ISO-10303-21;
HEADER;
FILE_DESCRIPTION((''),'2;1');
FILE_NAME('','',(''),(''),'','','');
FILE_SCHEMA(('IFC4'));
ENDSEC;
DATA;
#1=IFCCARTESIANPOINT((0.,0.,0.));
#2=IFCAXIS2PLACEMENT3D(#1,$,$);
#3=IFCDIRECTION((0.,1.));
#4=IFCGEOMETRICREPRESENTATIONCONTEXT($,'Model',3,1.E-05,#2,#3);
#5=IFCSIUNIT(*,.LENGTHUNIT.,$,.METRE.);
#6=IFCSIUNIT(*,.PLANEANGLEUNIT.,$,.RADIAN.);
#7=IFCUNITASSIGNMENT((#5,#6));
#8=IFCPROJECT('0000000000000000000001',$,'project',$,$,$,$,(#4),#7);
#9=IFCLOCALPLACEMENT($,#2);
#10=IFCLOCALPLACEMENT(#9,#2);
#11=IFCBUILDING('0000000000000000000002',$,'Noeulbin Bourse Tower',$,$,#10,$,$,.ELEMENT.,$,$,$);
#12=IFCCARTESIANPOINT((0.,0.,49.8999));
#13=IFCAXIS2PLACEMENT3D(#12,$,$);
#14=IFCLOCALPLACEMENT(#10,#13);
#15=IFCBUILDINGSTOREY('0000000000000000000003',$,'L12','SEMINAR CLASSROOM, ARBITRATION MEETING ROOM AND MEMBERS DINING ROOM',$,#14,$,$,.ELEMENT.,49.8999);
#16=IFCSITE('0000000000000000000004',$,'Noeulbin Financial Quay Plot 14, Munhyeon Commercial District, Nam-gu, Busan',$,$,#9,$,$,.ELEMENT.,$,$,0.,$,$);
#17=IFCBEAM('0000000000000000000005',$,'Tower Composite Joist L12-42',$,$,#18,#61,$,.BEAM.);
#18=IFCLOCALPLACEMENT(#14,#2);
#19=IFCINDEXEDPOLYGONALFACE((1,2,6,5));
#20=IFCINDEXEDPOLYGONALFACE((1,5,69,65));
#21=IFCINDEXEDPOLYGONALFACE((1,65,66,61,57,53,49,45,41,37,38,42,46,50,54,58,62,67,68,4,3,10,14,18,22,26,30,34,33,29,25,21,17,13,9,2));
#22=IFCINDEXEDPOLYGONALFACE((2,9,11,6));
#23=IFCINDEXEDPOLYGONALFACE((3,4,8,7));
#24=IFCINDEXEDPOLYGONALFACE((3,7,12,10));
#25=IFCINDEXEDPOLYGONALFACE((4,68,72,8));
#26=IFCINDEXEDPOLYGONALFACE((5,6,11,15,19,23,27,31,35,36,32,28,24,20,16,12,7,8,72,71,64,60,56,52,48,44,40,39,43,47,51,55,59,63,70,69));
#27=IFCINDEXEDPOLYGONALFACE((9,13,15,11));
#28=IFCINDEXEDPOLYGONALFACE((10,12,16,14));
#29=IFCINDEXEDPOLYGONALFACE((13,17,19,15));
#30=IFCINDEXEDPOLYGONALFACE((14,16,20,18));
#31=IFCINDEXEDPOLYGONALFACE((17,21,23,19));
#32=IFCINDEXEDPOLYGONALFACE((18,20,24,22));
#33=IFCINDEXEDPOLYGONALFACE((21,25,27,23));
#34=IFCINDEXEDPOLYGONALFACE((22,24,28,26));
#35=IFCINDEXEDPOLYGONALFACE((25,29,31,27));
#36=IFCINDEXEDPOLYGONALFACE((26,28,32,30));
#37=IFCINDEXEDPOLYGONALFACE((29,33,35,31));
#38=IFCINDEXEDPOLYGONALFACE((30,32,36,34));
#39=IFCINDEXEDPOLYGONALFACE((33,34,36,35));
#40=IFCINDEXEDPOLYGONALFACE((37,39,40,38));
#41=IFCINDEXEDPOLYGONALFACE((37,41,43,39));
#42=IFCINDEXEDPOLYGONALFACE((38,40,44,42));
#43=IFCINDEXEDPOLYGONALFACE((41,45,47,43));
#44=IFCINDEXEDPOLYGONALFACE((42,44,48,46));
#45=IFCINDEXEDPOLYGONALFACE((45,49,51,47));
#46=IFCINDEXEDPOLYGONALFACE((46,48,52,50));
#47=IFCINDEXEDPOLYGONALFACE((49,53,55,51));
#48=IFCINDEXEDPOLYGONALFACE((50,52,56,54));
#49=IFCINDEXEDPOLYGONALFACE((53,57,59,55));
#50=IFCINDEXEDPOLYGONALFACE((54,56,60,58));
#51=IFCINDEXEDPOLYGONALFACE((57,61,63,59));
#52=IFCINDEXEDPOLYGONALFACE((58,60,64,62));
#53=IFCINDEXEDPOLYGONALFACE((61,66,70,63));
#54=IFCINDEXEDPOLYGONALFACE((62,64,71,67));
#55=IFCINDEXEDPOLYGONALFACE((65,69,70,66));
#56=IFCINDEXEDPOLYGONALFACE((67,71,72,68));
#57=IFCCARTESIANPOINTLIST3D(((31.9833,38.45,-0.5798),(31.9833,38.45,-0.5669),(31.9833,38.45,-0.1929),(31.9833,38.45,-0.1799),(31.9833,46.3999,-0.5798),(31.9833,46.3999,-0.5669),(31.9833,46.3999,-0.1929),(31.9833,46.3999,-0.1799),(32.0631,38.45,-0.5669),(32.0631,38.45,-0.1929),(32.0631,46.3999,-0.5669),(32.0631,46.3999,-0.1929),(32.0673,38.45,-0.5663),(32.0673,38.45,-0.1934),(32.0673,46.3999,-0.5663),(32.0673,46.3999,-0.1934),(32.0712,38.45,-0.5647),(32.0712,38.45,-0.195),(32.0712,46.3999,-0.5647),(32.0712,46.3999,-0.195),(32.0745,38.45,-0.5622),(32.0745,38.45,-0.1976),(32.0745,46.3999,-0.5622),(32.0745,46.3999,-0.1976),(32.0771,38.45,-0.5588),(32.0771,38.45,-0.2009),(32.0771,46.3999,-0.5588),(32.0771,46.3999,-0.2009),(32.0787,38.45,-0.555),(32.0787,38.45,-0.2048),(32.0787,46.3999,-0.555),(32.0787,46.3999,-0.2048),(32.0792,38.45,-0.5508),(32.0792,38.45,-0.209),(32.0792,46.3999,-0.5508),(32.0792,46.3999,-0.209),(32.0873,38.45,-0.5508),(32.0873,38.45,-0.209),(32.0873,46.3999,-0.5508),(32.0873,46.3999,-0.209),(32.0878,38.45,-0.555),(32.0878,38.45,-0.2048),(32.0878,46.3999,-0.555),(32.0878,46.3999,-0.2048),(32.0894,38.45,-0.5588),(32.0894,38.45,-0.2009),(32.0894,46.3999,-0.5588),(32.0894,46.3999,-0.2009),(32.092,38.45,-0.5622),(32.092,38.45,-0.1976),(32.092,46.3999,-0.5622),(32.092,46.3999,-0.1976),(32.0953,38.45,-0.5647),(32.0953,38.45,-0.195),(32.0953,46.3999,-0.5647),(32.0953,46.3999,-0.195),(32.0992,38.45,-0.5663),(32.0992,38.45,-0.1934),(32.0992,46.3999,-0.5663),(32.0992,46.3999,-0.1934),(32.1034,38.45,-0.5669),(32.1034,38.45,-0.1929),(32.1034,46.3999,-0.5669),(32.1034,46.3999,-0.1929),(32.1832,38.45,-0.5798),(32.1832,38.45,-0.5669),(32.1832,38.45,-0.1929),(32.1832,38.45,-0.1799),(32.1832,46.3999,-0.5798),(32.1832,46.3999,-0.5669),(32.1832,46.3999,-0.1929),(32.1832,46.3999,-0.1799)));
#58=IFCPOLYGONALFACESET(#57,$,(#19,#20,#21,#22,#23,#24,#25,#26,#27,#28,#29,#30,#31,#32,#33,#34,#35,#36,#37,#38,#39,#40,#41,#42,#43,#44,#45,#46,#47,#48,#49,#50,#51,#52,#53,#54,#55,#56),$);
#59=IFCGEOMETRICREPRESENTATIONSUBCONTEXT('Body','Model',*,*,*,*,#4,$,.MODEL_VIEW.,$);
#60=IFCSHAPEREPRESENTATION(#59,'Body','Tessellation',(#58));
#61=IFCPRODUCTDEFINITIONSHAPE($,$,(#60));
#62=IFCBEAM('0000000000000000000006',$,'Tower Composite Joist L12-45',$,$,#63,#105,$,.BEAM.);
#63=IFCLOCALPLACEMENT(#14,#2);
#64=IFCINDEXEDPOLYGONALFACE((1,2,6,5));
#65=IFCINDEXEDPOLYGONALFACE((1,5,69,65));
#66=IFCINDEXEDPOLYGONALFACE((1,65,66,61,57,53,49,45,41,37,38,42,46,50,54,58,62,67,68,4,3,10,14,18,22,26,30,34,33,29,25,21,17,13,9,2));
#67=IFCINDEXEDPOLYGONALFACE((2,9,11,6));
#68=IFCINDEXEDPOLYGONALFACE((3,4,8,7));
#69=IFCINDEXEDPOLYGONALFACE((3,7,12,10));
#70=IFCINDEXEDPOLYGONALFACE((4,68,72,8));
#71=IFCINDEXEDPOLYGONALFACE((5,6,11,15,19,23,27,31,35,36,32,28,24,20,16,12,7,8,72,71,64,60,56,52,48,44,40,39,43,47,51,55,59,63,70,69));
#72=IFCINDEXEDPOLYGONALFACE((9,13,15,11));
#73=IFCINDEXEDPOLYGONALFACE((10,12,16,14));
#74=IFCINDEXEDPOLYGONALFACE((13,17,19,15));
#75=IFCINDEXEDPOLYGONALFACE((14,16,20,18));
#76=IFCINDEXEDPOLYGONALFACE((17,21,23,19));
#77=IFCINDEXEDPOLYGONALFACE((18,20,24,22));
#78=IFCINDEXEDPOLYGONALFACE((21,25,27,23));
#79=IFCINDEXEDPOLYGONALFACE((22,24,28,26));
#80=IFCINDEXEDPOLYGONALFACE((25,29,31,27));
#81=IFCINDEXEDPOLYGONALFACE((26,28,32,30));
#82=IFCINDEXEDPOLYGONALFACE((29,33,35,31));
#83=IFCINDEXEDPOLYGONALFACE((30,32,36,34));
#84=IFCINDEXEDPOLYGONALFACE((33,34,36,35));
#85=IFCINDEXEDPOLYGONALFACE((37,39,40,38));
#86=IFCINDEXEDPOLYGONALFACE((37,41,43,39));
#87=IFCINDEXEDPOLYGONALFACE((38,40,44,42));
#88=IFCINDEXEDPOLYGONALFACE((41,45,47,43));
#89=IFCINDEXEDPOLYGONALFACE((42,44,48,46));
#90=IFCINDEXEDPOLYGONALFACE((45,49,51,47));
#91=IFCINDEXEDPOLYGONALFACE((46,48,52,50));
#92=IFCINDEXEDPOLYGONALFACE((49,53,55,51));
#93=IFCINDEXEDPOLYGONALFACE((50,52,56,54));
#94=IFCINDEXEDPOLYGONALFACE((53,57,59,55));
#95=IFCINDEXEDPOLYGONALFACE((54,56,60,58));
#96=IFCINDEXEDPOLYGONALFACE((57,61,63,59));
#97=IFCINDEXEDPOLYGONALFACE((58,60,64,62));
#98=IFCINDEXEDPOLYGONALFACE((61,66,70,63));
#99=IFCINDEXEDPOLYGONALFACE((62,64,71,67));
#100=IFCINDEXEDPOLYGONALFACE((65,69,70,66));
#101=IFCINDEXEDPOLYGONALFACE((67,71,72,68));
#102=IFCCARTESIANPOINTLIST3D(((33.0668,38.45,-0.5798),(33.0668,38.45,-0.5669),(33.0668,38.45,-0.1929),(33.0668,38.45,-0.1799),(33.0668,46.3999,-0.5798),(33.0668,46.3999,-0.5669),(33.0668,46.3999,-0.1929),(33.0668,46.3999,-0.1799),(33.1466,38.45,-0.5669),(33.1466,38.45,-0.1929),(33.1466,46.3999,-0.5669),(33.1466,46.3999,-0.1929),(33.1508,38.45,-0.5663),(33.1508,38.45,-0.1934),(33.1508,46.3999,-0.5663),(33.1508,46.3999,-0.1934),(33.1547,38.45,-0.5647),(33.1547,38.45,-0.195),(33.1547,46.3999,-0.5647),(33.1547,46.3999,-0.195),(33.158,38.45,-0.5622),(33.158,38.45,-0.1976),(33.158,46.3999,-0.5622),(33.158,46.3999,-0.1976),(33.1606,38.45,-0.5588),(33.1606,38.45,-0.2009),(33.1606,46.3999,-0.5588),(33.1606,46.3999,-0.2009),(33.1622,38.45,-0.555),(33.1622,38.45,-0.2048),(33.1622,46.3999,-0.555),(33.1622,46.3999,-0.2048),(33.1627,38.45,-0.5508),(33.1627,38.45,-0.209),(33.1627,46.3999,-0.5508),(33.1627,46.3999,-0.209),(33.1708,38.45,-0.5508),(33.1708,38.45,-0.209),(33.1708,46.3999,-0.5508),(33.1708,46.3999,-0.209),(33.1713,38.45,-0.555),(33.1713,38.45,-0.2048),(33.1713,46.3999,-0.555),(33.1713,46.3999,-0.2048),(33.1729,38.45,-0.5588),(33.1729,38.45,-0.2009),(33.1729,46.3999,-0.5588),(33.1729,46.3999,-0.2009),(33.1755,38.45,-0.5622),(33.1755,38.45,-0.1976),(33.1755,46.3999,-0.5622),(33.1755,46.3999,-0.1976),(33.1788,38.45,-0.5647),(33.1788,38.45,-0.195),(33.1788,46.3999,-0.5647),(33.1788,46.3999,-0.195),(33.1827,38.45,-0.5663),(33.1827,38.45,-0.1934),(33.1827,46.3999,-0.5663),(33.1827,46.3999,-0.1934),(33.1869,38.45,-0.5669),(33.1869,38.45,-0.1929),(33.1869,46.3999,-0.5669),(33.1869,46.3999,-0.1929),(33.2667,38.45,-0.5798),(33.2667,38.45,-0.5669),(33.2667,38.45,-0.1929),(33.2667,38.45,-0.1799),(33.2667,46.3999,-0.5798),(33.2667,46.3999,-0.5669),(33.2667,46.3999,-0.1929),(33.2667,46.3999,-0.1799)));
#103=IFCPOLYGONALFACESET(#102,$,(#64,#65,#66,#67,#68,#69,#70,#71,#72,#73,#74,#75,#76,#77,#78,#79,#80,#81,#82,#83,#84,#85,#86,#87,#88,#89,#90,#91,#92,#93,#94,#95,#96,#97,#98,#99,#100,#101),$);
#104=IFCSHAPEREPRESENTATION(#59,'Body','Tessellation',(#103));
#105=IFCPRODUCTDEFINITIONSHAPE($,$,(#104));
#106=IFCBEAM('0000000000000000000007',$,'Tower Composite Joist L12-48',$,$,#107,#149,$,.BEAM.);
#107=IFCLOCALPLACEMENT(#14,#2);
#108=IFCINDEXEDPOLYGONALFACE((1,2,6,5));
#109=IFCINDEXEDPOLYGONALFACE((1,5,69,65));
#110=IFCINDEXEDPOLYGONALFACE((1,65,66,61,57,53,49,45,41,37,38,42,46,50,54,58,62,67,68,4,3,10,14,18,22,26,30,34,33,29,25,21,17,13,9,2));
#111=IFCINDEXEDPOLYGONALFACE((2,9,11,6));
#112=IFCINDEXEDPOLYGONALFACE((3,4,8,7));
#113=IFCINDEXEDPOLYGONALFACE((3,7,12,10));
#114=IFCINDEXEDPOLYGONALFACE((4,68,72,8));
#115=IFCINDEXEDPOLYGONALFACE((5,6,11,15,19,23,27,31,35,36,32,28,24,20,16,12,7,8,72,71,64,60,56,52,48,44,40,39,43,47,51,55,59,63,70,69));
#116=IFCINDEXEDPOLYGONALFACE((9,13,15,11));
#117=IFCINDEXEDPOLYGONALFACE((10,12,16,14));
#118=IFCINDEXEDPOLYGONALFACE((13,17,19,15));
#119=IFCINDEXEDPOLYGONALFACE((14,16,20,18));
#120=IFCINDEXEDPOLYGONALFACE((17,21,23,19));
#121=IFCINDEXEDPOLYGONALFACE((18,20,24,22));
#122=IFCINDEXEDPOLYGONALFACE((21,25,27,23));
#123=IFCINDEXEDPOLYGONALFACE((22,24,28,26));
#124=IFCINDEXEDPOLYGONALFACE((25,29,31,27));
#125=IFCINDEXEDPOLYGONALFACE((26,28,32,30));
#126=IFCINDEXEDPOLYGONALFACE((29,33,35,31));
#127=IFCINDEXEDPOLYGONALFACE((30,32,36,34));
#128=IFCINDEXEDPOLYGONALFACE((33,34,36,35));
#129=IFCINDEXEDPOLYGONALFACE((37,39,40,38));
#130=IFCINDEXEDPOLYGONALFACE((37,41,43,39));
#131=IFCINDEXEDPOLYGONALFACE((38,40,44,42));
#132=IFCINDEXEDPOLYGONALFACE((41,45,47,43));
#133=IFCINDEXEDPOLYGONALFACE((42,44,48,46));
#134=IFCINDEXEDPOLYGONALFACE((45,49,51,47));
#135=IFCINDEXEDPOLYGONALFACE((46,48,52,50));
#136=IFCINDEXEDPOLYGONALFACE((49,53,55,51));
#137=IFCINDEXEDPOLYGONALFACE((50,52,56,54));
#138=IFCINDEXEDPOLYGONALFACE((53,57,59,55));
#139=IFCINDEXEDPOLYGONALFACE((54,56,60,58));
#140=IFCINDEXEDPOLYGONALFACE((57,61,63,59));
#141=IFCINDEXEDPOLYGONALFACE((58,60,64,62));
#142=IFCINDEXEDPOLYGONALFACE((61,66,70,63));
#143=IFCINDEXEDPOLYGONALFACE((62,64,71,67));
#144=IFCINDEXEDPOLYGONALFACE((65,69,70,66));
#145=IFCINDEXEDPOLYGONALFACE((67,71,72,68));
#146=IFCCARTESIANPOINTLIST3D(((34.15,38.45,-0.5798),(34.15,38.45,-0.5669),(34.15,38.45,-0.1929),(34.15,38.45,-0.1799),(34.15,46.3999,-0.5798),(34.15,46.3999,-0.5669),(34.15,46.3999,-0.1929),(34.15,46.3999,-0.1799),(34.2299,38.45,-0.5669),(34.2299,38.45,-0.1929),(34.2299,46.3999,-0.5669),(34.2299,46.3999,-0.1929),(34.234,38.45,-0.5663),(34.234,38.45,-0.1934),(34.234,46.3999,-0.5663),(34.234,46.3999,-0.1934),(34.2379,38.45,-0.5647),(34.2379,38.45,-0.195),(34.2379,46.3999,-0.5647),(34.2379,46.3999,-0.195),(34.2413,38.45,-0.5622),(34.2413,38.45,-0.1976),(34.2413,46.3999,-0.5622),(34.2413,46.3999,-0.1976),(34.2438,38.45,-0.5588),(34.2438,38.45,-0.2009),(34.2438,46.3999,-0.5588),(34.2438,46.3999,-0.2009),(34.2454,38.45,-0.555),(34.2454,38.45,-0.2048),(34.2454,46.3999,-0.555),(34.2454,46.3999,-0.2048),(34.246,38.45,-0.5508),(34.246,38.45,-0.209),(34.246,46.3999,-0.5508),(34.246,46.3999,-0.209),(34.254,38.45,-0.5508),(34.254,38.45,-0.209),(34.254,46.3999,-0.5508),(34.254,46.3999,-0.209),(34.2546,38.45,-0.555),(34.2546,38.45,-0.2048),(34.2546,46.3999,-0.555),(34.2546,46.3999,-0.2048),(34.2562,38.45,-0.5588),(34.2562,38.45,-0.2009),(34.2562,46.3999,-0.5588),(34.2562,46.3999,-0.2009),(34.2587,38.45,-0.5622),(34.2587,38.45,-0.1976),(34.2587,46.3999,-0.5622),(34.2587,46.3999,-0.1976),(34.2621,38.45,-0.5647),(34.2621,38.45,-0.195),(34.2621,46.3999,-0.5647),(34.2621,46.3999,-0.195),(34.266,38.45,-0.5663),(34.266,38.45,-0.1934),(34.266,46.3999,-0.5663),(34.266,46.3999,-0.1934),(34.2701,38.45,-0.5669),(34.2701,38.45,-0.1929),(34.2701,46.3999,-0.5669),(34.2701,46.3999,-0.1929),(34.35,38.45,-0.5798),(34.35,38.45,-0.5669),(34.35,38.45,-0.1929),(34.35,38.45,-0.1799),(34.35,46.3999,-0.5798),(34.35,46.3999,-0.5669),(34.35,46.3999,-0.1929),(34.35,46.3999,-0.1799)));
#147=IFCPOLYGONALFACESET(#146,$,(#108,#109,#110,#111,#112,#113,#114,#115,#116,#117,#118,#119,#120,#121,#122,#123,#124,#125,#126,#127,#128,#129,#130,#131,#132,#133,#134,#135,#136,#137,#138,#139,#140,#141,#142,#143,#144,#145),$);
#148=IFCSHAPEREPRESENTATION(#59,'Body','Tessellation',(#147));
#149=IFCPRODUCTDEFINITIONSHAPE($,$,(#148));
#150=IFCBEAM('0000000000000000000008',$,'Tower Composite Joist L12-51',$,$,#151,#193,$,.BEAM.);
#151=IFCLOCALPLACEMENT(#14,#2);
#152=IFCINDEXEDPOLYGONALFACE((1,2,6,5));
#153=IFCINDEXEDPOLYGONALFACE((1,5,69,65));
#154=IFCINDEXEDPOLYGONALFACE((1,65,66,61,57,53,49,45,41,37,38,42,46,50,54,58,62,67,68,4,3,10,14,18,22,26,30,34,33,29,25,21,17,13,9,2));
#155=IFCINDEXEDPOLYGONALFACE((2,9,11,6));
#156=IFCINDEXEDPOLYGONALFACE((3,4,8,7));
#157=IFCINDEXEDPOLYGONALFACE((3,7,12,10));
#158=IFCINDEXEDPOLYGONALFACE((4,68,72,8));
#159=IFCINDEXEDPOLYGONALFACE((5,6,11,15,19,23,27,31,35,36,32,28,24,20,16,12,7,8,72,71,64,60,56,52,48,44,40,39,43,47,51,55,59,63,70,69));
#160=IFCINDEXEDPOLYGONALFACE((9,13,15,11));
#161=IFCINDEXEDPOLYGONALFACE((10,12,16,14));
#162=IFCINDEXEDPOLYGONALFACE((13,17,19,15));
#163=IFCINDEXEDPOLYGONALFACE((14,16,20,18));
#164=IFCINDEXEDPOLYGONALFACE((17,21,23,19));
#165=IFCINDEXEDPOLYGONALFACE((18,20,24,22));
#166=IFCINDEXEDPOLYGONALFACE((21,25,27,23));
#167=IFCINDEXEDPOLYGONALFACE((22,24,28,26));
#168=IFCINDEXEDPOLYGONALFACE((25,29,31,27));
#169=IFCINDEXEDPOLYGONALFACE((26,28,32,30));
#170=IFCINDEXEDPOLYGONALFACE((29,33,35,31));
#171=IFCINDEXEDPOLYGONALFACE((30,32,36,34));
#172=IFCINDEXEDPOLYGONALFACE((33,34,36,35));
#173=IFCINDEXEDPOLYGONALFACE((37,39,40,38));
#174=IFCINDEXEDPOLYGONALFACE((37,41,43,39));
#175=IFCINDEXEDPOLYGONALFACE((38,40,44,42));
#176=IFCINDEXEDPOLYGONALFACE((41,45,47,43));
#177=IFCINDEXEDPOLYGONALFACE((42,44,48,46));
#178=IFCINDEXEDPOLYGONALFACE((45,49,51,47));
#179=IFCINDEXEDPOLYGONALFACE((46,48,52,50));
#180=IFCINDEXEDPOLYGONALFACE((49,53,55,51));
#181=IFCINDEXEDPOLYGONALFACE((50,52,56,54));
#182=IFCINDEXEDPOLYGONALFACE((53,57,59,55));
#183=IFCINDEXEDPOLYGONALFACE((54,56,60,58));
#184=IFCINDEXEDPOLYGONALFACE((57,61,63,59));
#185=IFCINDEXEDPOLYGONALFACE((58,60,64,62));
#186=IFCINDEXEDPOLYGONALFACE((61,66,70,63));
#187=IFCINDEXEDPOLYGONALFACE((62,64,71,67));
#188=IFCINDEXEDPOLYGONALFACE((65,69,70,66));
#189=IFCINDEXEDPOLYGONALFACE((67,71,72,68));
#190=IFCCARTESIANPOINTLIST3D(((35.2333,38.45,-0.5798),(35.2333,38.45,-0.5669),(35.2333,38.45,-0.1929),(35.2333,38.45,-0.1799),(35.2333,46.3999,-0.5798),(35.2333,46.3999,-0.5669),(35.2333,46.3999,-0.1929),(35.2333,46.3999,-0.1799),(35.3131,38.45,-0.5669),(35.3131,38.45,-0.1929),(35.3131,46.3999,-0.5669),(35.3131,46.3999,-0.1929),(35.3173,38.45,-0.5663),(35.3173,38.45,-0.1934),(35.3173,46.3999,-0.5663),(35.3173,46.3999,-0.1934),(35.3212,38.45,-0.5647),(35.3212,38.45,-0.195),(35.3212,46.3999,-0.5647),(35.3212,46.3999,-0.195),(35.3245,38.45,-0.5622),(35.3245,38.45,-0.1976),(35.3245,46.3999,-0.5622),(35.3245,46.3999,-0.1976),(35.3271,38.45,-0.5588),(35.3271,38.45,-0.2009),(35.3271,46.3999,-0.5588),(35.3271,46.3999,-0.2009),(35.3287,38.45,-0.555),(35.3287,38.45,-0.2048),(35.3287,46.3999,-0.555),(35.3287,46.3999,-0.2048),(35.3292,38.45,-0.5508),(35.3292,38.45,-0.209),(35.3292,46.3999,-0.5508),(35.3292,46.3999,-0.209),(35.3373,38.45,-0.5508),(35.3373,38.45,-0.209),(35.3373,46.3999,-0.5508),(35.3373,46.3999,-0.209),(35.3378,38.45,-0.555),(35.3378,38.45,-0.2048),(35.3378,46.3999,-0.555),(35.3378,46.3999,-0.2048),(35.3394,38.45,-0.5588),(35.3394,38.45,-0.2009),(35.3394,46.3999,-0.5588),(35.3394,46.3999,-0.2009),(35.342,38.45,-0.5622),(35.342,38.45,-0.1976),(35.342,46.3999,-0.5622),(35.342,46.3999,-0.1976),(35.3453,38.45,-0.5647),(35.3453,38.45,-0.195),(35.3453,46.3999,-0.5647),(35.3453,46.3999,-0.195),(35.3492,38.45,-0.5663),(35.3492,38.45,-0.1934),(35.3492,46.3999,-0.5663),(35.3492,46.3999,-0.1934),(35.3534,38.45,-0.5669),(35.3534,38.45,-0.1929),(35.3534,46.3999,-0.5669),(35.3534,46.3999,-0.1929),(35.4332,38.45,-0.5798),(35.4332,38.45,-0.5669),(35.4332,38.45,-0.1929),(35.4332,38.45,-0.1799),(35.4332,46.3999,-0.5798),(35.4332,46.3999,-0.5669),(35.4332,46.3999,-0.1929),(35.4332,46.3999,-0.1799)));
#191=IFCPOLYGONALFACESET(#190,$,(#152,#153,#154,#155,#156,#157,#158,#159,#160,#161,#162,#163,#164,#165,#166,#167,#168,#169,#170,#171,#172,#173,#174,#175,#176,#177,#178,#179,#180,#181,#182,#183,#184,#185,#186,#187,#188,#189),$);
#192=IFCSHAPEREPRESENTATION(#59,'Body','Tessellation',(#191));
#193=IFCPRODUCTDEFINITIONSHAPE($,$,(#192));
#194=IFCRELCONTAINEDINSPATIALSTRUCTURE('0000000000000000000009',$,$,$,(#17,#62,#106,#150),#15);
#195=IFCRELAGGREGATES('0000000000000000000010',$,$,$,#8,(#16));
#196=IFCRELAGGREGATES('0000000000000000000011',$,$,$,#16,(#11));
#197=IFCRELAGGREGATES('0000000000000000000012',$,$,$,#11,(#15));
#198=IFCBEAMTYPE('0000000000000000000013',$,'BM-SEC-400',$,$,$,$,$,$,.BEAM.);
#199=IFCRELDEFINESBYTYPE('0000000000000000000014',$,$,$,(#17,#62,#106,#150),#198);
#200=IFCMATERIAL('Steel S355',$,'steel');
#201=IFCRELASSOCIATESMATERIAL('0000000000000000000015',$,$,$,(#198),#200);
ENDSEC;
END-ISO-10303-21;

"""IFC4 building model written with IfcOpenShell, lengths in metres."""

from ifc_helpers import new_model, si_unit, direction, frame, origin, origin_2d, place, context, subcontext, project, spatial, i_section, extrude, material, material_profile, profile_set, type_object, element, save


model = new_model("IFC4")

# Units and contexts
model_context = context("Model", 3, precision=1e-05, world=origin(), true_north=direction((0.0, 1.0)))
body_context = subcontext(model_context, "Body", "Model", "MODEL_VIEW")
ifc_project = project(units=[si_unit("LENGTHUNIT", "METRE"), si_unit("PLANEANGLEUNIT", "RADIAN")], contexts=[model_context])

# Site, building, storey
site_placement = place(None, origin())
site = spatial("IfcSite", under=ifc_project, at=site_placement, Name="Noeulbin Financial Quay Plot 14, Munhyeon Commercial District, Nam-gu, Busan", CompositionType="ELEMENT", RefElevation=0.0)
building_placement = place(site_placement, origin())
building = spatial("IfcBuilding", under=site, at=building_placement, Name="Noeulbin Bourse Tower", CompositionType="ELEMENT")
storey_placement = place(building_placement, frame((0.0, 0.0, 49.8999)))
storey = spatial("IfcBuildingStorey", under=building, at=storey_placement, Name="L12", Description="SEMINAR CLASSROOM, ARBITRATION MEETING ROOM AND MEMBERS DINING ROOM", CompositionType="ELEMENT", Elevation=49.8999)

# Beams
ifc_material_1 = material(Name="Steel S355", Category="steel")
ifc_material_profile_1 = material_profile(ifc_material_1, i_section(OverallWidth=0.2, OverallDepth=0.3999, WebThickness=0.0081, FlangeThickness=0.0129, FilletRadius=0.0161, at=origin_2d()), Name="H-400x200x8x13", Category="LoadBearing")
ifc_profile_set_1 = profile_set([ifc_material_profile_1], Name="Steel S355")
beam_type_1 = type_object("IfcBeamType", Name="BM-SEC-400", PredefinedType="BEAM", material=ifc_profile_set_1)
for number, where, z_axis, x_axis, name in (
    (1, (32.0833, 38.45, -0.3799), (0.0, 1.0, 0.0), (-1.0, 0.0, 0.0), "Tower Composite Joist L12-42"),
    (2, (33.1667, 38.45, -0.3799), (0.0, 1.0, 0.0), (-1.0, 0.0, 0.0), "Tower Composite Joist L12-45"),
    (3, (34.25, 38.45, -0.3799), (0.0, 1.0, 0.0), (-1.0, 0.0, 0.0), "Tower Composite Joist L12-48"),
    (4, (35.3333, 38.45, -0.3799), (0.0, 1.0, 0.0), (-1.0, 0.0, 0.0), "Tower Composite Joist L12-51"),
):
    element("IfcBeam", number, at=place(storey_placement, frame(where, z_axis=z_axis, x_axis=x_axis)), inside=storey, type_object=beam_type_1, Name=name, PredefinedType="BEAM", context=body_context, shape_type="SweptSolid", body=[
        extrude(i_section(OverallWidth=0.2, OverallDepth=0.3999, WebThickness=0.0081, FlangeThickness=0.0129, FilletRadius=0.0161, at=origin_2d()), origin(), (0.0, 0.0, 1.0), 7.95),
    ])

save(model, "model.ifc")
